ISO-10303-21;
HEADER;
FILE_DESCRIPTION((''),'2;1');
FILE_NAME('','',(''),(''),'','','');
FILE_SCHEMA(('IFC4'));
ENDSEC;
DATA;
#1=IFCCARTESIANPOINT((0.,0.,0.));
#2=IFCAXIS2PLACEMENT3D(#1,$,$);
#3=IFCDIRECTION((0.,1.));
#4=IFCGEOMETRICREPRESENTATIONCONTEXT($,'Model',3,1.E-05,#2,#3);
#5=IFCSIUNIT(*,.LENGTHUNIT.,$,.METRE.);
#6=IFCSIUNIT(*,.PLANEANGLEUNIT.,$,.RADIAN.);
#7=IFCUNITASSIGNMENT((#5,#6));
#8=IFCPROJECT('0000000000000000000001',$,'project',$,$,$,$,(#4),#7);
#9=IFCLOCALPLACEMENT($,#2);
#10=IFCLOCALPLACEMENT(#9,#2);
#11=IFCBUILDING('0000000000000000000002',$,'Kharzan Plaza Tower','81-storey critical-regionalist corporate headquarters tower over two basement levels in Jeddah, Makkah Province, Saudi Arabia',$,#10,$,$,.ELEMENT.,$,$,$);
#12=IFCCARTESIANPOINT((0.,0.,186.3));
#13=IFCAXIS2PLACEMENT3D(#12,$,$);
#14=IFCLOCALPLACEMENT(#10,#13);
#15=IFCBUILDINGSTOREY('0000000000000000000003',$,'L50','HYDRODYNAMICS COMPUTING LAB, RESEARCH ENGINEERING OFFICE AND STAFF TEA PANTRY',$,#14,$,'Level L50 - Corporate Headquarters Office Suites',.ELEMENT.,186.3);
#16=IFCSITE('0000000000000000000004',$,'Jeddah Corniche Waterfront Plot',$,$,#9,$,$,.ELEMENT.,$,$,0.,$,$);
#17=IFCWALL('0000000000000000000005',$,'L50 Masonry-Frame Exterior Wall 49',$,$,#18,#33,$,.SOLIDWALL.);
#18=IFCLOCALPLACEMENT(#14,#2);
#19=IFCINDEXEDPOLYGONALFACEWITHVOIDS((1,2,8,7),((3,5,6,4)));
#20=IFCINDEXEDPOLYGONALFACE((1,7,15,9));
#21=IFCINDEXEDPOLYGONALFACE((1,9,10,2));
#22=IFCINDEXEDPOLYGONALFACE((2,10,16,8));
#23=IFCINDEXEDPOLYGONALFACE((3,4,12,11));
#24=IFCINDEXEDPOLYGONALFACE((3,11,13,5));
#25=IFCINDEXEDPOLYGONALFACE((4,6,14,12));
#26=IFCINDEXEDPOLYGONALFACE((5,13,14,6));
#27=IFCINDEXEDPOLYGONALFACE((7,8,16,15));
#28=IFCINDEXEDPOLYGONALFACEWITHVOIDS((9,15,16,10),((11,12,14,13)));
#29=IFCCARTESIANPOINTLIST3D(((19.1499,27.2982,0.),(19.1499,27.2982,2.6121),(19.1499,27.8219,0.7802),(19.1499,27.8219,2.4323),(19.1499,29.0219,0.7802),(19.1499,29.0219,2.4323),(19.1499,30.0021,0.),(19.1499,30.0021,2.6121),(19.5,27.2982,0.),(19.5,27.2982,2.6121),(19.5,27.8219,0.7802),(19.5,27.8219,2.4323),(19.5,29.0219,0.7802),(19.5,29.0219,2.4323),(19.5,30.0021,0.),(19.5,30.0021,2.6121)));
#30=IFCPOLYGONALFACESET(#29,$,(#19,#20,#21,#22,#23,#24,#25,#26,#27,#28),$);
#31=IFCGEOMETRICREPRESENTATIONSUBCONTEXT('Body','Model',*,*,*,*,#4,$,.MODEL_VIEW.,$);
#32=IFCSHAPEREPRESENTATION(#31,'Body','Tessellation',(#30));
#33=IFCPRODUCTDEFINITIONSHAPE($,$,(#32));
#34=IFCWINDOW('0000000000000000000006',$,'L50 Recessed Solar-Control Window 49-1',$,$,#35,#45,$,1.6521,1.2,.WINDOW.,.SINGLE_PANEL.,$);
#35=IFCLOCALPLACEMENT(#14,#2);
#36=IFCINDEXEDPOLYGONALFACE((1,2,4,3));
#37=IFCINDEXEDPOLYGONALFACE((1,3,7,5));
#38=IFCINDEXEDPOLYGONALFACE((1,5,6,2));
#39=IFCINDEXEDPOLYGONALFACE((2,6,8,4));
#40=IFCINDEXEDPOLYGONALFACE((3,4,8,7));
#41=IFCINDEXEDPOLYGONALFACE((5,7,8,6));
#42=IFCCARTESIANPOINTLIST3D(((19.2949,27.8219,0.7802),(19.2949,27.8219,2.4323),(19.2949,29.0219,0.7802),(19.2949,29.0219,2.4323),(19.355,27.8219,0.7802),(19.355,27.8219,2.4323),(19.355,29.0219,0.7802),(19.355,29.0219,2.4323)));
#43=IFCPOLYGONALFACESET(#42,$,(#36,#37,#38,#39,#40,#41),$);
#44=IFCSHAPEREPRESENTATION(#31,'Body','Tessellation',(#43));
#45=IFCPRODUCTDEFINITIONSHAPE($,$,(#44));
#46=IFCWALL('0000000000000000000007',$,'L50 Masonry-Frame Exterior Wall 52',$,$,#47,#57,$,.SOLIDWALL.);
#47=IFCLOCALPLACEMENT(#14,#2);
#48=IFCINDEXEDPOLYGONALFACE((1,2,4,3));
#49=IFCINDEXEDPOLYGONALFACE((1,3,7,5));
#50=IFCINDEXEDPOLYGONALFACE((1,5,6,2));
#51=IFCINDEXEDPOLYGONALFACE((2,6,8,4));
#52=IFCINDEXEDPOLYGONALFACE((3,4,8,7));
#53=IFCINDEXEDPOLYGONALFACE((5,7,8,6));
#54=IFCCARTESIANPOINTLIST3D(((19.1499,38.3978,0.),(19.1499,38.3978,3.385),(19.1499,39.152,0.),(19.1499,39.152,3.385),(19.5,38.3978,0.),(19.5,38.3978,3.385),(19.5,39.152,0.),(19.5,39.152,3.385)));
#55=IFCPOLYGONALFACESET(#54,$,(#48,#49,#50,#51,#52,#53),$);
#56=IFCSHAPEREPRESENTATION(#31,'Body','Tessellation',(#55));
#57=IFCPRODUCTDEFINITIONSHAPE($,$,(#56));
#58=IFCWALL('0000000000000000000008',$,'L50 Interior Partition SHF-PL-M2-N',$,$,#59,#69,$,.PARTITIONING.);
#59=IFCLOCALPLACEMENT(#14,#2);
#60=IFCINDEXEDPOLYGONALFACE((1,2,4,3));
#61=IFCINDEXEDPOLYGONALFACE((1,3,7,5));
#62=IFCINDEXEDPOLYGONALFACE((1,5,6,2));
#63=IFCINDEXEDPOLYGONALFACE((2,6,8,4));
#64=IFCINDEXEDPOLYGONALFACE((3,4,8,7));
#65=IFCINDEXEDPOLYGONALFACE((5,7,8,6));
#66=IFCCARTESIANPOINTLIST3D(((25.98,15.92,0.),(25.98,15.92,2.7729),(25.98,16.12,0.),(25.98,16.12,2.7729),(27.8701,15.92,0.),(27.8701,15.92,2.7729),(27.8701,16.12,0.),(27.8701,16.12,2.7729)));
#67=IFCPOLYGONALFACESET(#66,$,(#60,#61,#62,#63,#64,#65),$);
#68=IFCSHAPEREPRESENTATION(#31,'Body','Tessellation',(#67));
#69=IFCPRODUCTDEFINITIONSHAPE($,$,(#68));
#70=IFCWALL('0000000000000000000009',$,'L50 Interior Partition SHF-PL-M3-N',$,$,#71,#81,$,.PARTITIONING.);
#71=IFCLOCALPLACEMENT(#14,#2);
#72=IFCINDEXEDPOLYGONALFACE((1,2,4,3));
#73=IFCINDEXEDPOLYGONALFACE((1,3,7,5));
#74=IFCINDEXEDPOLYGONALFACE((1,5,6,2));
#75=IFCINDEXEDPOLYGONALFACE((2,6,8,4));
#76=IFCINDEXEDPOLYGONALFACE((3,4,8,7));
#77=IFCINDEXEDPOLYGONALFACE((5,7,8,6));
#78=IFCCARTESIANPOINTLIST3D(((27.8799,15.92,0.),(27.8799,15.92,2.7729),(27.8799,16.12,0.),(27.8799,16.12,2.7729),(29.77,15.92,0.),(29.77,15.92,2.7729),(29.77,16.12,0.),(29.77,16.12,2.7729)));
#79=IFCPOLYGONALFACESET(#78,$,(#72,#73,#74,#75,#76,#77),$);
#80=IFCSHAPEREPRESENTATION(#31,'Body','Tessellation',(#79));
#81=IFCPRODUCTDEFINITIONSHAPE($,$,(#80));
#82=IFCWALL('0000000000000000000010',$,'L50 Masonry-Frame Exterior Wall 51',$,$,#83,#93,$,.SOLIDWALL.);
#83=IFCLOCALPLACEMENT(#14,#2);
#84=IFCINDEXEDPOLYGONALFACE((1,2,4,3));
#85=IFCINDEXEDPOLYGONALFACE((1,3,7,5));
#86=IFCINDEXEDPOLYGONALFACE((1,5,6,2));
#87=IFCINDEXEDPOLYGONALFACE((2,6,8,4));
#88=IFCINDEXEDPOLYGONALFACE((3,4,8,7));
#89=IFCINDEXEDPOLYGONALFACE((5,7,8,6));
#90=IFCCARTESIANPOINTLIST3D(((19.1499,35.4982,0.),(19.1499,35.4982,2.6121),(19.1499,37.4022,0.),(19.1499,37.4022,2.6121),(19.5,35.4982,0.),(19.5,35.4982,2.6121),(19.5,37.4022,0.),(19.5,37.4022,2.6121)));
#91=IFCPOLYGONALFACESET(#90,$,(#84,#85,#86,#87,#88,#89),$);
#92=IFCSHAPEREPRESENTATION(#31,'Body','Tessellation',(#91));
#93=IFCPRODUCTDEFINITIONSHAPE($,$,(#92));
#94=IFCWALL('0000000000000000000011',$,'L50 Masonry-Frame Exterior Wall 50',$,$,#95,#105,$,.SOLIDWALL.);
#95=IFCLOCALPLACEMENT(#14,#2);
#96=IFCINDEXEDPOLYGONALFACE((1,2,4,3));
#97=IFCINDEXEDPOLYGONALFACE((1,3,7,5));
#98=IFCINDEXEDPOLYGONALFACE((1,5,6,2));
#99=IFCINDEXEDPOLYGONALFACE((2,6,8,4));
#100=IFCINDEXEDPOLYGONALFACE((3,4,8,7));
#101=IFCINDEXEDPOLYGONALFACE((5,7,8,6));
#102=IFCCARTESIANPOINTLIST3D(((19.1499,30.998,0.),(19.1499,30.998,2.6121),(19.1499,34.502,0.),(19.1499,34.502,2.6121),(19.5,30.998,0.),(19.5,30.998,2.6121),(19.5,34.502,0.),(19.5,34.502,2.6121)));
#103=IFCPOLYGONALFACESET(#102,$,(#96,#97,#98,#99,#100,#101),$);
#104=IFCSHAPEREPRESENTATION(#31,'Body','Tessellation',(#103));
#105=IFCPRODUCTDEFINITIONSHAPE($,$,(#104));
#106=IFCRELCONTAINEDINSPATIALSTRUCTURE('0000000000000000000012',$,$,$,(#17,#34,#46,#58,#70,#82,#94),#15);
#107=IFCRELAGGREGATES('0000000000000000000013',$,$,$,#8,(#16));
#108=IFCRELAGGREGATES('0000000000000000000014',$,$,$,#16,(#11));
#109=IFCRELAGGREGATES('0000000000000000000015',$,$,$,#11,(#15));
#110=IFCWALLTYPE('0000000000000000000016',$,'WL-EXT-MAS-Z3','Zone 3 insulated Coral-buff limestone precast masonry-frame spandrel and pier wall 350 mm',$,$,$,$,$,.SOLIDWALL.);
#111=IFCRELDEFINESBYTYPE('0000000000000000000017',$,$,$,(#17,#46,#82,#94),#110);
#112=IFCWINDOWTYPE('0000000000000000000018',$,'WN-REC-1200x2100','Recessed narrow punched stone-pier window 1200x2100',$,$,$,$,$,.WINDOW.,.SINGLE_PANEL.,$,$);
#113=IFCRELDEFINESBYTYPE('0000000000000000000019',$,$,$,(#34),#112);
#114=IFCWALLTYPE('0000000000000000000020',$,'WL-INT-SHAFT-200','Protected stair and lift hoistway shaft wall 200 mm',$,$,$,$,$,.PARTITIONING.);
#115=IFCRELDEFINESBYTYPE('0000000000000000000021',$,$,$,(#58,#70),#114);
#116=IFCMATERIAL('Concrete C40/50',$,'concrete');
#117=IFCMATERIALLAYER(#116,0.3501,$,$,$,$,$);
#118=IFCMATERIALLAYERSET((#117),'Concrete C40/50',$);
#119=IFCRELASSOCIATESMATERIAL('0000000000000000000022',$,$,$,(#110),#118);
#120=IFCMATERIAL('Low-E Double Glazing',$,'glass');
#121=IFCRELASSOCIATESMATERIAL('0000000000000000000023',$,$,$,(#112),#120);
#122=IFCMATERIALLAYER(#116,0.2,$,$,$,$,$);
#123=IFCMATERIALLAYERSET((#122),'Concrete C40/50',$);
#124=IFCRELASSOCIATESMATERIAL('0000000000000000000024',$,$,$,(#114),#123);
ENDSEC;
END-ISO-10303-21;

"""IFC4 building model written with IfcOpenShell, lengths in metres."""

from ifc_helpers import new_model, si_unit, direction, frame, frame_2d, origin, place, context, subcontext, project, spatial, rectangle, extrude, source, transform, mapped, material, layer, layer_set, type_object, element, fill, save


model = new_model("IFC4")

# Units and contexts
model_context = context("Model", 3, precision=1e-05, world=origin(), true_north=direction((0.0, 1.0)))
body_context = subcontext(model_context, "Body", "Model", "MODEL_VIEW")
ifc_project = project(units=[si_unit("LENGTHUNIT", "METRE"), si_unit("PLANEANGLEUNIT", "RADIAN")], contexts=[model_context])

# Site, building, storey
site_placement = place(None, origin())
site = spatial("IfcSite", under=ifc_project, at=site_placement, Name="Jeddah Corniche Waterfront Plot", CompositionType="ELEMENT", RefElevation=0.0)
building_placement = place(site_placement, origin())
building = spatial("IfcBuilding", under=site, at=building_placement, Name="Kharzan Plaza Tower", Description="81-storey critical-regionalist corporate headquarters tower over two basement levels in Jeddah, Makkah Province, Saudi Arabia", CompositionType="ELEMENT")
storey_placement = place(building_placement, frame((0.0, 0.0, 186.3)))
storey = spatial("IfcBuildingStorey", under=building, at=storey_placement, Name="L50", Description="HYDRODYNAMICS COMPUTING LAB, RESEARCH ENGINEERING OFFICE AND STAFF TEA PANTRY", LongName="Level L50 - Corporate Headquarters Office Suites", CompositionType="ELEMENT", Elevation=186.3)

# Wall, opening, window
ifc_material_1 = material(Name="Concrete C40/50", Category="concrete")
ifc_layer_1 = layer(ifc_material_1, 0.3501)
ifc_layer_set_1 = layer_set([ifc_layer_1], Name="Concrete C40/50")
wall_type_1 = type_object("IfcWallType", Name="WL-EXT-MAS-Z3", Description="Zone 3 insulated Coral-buff limestone precast masonry-frame spandrel and pier wall 350 mm", PredefinedType="SOLIDWALL", material=ifc_layer_set_1)
ifc_material_2 = material(Name="Low-E Double Glazing", Category="glass")
window_type_1 = type_object("IfcWindowType", Name="WN-REC-1200x2100", Description="Recessed narrow punched stone-pier window 1200x2100", PartitioningType="SINGLE_PANEL", PredefinedType="WINDOW", material=ifc_material_2)
shared_shape_1 = source(origin(), body_context, "Body", "SweptSolid", [
    extrude(rectangle(XDim=1.2, YDim=1.6521, at=frame_2d((0.6001, 0.8262))), frame((0.0, 0.03, 0.0), z_axis=(0.0, -1.0, 0.0), x_axis=(1.0, 0.0, 0.0)), (0.0, 0.0, 1.0), 0.0601),
])
wall_1_placement = place(storey_placement, frame((19.325, 27.2981, 0.0), z_axis=(0.0, 0.0, 1.0), x_axis=(0.0, 1.0, 0.0)))
wall_1 = element("IfcWall", 1, at=wall_1_placement, inside=storey, type_object=wall_type_1, Name="L50 Masonry-Frame Exterior Wall 49", PredefinedType="SOLIDWALL", context=body_context, shape_type="SweptSolid", body=[
    extrude(rectangle(XDim=2.7039, YDim=0.3501, at=frame_2d((1.3521, 0.0))), origin(), (0.0, 0.0, 1.0), 2.6121),
])
opening_1_placement = place(wall_1_placement, frame((0.5237, 0.0, 0.78)))
opening_1 = element("IfcOpeningElement", 2, at=opening_1_placement, cuts=wall_1, PredefinedType="OPENING", context=body_context, shape_type="SweptSolid", body=[
    extrude(rectangle(XDim=1.2, YDim=1.6521, at=frame_2d((0.6001, 0.8262))), frame((0.0, 0.1851, 0.0), z_axis=(0.0, -1.0, 0.0), x_axis=(1.0, 0.0, 0.0)), (0.0, 0.0, 1.0), 0.3701),
])
window_1_placement = place(opening_1_placement, origin())
window_1 = element("IfcWindow", 3, at=window_1_placement, inside=storey, type_object=window_type_1, Name="L50 Recessed Solar-Control Window 49-1", OverallHeight=1.6521, OverallWidth=1.2, PartitioningType="SINGLE_PANEL", PredefinedType="WINDOW", context=body_context, shape_type="MappedRepresentation", body=[
    mapped(shared_shape_1, transform((0.0, 0.0, 0.0), x_axis=(1.0, 0.0, 0.0), y_axis=(0.0, 1.0, 0.0), z_axis=(0.0, 0.0, 1.0))),
])
fill(opening_1, window_1)

# Walls
shared_shape_2 = source(origin(), body_context, "Body", "SweptSolid", [
    extrude(rectangle(XDim=0.7542, YDim=0.3501, at=frame_2d((0.377, 0.0))), origin(), (0.0, 0.0, 1.0), 3.385),
])
wall_2_placement = place(storey_placement, frame((19.325, 38.3979, 0.0), z_axis=(0.0, 0.0, 1.0), x_axis=(0.0, 1.0, 0.0)))
element("IfcWall", 4, at=wall_2_placement, inside=storey, type_object=wall_type_1, Name="L50 Masonry-Frame Exterior Wall 52", PredefinedType="SOLIDWALL", context=body_context, shape_type="MappedRepresentation", body=[
    mapped(shared_shape_2, transform((0.0, 0.0, 0.0), x_axis=(1.0, 0.0, 0.0), y_axis=(0.0, 1.0, 0.0), z_axis=(0.0, 0.0, 1.0))),
])
ifc_layer_2 = layer(ifc_material_1, 0.2)
ifc_layer_set_2 = layer_set([ifc_layer_2], Name="Concrete C40/50")
wall_type_2 = type_object("IfcWallType", Name="WL-INT-SHAFT-200", Description="Protected stair and lift hoistway shaft wall 200 mm", PredefinedType="PARTITIONING", material=ifc_layer_set_2)
shared_shape_3 = source(origin(), body_context, "Body", "SweptSolid", [
    extrude(rectangle(XDim=1.8901, YDim=0.2, at=frame_2d((0.9451, 0.0))), origin(), (0.0, 0.0, 1.0), 2.7729),
])
for number, where, z_axis, x_axis, name in (
    (5, (25.98, 16.02, 0.0), (0.0, 0.0, 1.0), (1.0, 0.0, 0.0), "L50 Interior Partition SHF-PL-M2-N"),
    (6, (27.8799, 16.02, 0.0), (0.0, 0.0, 1.0), (1.0, 0.0, 0.0), "L50 Interior Partition SHF-PL-M3-N"),
):
    element("IfcWall", number, at=place(storey_placement, frame(where, z_axis=z_axis, x_axis=x_axis)), inside=storey, type_object=wall_type_2, Name=name, PredefinedType="PARTITIONING", context=body_context, shape_type="MappedRepresentation", body=[
        mapped(shared_shape_3, transform((0.0, 0.0, 0.0), x_axis=(1.0, 0.0, 0.0), y_axis=(0.0, 1.0, 0.0), z_axis=(0.0, 0.0, 1.0))),
    ])
shared_shape_4 = source(origin(), body_context, "Body", "SweptSolid", [
    extrude(rectangle(XDim=1.9041, YDim=0.3501, at=frame_2d((0.9521, 0.0))), origin(), (0.0, 0.0, 1.0), 2.6121),
])
wall_3_placement = place(storey_placement, frame((19.325, 35.498, 0.0), z_axis=(0.0, 0.0, 1.0), x_axis=(0.0, 1.0, 0.0)))
element("IfcWall", 7, at=wall_3_placement, inside=storey, type_object=wall_type_1, Name="L50 Masonry-Frame Exterior Wall 51", PredefinedType="SOLIDWALL", context=body_context, shape_type="MappedRepresentation", body=[
    mapped(shared_shape_4, transform((0.0, 0.0, 0.0), x_axis=(1.0, 0.0, 0.0), y_axis=(0.0, 1.0, 0.0), z_axis=(0.0, 0.0, 1.0))),
])
shared_shape_5 = source(origin(), body_context, "Body", "SweptSolid", [
    extrude(rectangle(XDim=3.5039, YDim=0.3501, at=frame_2d((1.752, 0.0))), origin(), (0.0, 0.0, 1.0), 2.6121),
])
wall_4_placement = place(storey_placement, frame((19.325, 30.998, 0.0), z_axis=(0.0, 0.0, 1.0), x_axis=(0.0, 1.0, 0.0)))
element("IfcWall", 8, at=wall_4_placement, inside=storey, type_object=wall_type_1, Name="L50 Masonry-Frame Exterior Wall 50", PredefinedType="SOLIDWALL", context=body_context, shape_type="MappedRepresentation", body=[
    mapped(shared_shape_5, transform((0.0, 0.0, 0.0), x_axis=(1.0, 0.0, 0.0), y_axis=(0.0, 1.0, 0.0), z_axis=(0.0, 0.0, 1.0))),
])

save(model, "model.ifc")
